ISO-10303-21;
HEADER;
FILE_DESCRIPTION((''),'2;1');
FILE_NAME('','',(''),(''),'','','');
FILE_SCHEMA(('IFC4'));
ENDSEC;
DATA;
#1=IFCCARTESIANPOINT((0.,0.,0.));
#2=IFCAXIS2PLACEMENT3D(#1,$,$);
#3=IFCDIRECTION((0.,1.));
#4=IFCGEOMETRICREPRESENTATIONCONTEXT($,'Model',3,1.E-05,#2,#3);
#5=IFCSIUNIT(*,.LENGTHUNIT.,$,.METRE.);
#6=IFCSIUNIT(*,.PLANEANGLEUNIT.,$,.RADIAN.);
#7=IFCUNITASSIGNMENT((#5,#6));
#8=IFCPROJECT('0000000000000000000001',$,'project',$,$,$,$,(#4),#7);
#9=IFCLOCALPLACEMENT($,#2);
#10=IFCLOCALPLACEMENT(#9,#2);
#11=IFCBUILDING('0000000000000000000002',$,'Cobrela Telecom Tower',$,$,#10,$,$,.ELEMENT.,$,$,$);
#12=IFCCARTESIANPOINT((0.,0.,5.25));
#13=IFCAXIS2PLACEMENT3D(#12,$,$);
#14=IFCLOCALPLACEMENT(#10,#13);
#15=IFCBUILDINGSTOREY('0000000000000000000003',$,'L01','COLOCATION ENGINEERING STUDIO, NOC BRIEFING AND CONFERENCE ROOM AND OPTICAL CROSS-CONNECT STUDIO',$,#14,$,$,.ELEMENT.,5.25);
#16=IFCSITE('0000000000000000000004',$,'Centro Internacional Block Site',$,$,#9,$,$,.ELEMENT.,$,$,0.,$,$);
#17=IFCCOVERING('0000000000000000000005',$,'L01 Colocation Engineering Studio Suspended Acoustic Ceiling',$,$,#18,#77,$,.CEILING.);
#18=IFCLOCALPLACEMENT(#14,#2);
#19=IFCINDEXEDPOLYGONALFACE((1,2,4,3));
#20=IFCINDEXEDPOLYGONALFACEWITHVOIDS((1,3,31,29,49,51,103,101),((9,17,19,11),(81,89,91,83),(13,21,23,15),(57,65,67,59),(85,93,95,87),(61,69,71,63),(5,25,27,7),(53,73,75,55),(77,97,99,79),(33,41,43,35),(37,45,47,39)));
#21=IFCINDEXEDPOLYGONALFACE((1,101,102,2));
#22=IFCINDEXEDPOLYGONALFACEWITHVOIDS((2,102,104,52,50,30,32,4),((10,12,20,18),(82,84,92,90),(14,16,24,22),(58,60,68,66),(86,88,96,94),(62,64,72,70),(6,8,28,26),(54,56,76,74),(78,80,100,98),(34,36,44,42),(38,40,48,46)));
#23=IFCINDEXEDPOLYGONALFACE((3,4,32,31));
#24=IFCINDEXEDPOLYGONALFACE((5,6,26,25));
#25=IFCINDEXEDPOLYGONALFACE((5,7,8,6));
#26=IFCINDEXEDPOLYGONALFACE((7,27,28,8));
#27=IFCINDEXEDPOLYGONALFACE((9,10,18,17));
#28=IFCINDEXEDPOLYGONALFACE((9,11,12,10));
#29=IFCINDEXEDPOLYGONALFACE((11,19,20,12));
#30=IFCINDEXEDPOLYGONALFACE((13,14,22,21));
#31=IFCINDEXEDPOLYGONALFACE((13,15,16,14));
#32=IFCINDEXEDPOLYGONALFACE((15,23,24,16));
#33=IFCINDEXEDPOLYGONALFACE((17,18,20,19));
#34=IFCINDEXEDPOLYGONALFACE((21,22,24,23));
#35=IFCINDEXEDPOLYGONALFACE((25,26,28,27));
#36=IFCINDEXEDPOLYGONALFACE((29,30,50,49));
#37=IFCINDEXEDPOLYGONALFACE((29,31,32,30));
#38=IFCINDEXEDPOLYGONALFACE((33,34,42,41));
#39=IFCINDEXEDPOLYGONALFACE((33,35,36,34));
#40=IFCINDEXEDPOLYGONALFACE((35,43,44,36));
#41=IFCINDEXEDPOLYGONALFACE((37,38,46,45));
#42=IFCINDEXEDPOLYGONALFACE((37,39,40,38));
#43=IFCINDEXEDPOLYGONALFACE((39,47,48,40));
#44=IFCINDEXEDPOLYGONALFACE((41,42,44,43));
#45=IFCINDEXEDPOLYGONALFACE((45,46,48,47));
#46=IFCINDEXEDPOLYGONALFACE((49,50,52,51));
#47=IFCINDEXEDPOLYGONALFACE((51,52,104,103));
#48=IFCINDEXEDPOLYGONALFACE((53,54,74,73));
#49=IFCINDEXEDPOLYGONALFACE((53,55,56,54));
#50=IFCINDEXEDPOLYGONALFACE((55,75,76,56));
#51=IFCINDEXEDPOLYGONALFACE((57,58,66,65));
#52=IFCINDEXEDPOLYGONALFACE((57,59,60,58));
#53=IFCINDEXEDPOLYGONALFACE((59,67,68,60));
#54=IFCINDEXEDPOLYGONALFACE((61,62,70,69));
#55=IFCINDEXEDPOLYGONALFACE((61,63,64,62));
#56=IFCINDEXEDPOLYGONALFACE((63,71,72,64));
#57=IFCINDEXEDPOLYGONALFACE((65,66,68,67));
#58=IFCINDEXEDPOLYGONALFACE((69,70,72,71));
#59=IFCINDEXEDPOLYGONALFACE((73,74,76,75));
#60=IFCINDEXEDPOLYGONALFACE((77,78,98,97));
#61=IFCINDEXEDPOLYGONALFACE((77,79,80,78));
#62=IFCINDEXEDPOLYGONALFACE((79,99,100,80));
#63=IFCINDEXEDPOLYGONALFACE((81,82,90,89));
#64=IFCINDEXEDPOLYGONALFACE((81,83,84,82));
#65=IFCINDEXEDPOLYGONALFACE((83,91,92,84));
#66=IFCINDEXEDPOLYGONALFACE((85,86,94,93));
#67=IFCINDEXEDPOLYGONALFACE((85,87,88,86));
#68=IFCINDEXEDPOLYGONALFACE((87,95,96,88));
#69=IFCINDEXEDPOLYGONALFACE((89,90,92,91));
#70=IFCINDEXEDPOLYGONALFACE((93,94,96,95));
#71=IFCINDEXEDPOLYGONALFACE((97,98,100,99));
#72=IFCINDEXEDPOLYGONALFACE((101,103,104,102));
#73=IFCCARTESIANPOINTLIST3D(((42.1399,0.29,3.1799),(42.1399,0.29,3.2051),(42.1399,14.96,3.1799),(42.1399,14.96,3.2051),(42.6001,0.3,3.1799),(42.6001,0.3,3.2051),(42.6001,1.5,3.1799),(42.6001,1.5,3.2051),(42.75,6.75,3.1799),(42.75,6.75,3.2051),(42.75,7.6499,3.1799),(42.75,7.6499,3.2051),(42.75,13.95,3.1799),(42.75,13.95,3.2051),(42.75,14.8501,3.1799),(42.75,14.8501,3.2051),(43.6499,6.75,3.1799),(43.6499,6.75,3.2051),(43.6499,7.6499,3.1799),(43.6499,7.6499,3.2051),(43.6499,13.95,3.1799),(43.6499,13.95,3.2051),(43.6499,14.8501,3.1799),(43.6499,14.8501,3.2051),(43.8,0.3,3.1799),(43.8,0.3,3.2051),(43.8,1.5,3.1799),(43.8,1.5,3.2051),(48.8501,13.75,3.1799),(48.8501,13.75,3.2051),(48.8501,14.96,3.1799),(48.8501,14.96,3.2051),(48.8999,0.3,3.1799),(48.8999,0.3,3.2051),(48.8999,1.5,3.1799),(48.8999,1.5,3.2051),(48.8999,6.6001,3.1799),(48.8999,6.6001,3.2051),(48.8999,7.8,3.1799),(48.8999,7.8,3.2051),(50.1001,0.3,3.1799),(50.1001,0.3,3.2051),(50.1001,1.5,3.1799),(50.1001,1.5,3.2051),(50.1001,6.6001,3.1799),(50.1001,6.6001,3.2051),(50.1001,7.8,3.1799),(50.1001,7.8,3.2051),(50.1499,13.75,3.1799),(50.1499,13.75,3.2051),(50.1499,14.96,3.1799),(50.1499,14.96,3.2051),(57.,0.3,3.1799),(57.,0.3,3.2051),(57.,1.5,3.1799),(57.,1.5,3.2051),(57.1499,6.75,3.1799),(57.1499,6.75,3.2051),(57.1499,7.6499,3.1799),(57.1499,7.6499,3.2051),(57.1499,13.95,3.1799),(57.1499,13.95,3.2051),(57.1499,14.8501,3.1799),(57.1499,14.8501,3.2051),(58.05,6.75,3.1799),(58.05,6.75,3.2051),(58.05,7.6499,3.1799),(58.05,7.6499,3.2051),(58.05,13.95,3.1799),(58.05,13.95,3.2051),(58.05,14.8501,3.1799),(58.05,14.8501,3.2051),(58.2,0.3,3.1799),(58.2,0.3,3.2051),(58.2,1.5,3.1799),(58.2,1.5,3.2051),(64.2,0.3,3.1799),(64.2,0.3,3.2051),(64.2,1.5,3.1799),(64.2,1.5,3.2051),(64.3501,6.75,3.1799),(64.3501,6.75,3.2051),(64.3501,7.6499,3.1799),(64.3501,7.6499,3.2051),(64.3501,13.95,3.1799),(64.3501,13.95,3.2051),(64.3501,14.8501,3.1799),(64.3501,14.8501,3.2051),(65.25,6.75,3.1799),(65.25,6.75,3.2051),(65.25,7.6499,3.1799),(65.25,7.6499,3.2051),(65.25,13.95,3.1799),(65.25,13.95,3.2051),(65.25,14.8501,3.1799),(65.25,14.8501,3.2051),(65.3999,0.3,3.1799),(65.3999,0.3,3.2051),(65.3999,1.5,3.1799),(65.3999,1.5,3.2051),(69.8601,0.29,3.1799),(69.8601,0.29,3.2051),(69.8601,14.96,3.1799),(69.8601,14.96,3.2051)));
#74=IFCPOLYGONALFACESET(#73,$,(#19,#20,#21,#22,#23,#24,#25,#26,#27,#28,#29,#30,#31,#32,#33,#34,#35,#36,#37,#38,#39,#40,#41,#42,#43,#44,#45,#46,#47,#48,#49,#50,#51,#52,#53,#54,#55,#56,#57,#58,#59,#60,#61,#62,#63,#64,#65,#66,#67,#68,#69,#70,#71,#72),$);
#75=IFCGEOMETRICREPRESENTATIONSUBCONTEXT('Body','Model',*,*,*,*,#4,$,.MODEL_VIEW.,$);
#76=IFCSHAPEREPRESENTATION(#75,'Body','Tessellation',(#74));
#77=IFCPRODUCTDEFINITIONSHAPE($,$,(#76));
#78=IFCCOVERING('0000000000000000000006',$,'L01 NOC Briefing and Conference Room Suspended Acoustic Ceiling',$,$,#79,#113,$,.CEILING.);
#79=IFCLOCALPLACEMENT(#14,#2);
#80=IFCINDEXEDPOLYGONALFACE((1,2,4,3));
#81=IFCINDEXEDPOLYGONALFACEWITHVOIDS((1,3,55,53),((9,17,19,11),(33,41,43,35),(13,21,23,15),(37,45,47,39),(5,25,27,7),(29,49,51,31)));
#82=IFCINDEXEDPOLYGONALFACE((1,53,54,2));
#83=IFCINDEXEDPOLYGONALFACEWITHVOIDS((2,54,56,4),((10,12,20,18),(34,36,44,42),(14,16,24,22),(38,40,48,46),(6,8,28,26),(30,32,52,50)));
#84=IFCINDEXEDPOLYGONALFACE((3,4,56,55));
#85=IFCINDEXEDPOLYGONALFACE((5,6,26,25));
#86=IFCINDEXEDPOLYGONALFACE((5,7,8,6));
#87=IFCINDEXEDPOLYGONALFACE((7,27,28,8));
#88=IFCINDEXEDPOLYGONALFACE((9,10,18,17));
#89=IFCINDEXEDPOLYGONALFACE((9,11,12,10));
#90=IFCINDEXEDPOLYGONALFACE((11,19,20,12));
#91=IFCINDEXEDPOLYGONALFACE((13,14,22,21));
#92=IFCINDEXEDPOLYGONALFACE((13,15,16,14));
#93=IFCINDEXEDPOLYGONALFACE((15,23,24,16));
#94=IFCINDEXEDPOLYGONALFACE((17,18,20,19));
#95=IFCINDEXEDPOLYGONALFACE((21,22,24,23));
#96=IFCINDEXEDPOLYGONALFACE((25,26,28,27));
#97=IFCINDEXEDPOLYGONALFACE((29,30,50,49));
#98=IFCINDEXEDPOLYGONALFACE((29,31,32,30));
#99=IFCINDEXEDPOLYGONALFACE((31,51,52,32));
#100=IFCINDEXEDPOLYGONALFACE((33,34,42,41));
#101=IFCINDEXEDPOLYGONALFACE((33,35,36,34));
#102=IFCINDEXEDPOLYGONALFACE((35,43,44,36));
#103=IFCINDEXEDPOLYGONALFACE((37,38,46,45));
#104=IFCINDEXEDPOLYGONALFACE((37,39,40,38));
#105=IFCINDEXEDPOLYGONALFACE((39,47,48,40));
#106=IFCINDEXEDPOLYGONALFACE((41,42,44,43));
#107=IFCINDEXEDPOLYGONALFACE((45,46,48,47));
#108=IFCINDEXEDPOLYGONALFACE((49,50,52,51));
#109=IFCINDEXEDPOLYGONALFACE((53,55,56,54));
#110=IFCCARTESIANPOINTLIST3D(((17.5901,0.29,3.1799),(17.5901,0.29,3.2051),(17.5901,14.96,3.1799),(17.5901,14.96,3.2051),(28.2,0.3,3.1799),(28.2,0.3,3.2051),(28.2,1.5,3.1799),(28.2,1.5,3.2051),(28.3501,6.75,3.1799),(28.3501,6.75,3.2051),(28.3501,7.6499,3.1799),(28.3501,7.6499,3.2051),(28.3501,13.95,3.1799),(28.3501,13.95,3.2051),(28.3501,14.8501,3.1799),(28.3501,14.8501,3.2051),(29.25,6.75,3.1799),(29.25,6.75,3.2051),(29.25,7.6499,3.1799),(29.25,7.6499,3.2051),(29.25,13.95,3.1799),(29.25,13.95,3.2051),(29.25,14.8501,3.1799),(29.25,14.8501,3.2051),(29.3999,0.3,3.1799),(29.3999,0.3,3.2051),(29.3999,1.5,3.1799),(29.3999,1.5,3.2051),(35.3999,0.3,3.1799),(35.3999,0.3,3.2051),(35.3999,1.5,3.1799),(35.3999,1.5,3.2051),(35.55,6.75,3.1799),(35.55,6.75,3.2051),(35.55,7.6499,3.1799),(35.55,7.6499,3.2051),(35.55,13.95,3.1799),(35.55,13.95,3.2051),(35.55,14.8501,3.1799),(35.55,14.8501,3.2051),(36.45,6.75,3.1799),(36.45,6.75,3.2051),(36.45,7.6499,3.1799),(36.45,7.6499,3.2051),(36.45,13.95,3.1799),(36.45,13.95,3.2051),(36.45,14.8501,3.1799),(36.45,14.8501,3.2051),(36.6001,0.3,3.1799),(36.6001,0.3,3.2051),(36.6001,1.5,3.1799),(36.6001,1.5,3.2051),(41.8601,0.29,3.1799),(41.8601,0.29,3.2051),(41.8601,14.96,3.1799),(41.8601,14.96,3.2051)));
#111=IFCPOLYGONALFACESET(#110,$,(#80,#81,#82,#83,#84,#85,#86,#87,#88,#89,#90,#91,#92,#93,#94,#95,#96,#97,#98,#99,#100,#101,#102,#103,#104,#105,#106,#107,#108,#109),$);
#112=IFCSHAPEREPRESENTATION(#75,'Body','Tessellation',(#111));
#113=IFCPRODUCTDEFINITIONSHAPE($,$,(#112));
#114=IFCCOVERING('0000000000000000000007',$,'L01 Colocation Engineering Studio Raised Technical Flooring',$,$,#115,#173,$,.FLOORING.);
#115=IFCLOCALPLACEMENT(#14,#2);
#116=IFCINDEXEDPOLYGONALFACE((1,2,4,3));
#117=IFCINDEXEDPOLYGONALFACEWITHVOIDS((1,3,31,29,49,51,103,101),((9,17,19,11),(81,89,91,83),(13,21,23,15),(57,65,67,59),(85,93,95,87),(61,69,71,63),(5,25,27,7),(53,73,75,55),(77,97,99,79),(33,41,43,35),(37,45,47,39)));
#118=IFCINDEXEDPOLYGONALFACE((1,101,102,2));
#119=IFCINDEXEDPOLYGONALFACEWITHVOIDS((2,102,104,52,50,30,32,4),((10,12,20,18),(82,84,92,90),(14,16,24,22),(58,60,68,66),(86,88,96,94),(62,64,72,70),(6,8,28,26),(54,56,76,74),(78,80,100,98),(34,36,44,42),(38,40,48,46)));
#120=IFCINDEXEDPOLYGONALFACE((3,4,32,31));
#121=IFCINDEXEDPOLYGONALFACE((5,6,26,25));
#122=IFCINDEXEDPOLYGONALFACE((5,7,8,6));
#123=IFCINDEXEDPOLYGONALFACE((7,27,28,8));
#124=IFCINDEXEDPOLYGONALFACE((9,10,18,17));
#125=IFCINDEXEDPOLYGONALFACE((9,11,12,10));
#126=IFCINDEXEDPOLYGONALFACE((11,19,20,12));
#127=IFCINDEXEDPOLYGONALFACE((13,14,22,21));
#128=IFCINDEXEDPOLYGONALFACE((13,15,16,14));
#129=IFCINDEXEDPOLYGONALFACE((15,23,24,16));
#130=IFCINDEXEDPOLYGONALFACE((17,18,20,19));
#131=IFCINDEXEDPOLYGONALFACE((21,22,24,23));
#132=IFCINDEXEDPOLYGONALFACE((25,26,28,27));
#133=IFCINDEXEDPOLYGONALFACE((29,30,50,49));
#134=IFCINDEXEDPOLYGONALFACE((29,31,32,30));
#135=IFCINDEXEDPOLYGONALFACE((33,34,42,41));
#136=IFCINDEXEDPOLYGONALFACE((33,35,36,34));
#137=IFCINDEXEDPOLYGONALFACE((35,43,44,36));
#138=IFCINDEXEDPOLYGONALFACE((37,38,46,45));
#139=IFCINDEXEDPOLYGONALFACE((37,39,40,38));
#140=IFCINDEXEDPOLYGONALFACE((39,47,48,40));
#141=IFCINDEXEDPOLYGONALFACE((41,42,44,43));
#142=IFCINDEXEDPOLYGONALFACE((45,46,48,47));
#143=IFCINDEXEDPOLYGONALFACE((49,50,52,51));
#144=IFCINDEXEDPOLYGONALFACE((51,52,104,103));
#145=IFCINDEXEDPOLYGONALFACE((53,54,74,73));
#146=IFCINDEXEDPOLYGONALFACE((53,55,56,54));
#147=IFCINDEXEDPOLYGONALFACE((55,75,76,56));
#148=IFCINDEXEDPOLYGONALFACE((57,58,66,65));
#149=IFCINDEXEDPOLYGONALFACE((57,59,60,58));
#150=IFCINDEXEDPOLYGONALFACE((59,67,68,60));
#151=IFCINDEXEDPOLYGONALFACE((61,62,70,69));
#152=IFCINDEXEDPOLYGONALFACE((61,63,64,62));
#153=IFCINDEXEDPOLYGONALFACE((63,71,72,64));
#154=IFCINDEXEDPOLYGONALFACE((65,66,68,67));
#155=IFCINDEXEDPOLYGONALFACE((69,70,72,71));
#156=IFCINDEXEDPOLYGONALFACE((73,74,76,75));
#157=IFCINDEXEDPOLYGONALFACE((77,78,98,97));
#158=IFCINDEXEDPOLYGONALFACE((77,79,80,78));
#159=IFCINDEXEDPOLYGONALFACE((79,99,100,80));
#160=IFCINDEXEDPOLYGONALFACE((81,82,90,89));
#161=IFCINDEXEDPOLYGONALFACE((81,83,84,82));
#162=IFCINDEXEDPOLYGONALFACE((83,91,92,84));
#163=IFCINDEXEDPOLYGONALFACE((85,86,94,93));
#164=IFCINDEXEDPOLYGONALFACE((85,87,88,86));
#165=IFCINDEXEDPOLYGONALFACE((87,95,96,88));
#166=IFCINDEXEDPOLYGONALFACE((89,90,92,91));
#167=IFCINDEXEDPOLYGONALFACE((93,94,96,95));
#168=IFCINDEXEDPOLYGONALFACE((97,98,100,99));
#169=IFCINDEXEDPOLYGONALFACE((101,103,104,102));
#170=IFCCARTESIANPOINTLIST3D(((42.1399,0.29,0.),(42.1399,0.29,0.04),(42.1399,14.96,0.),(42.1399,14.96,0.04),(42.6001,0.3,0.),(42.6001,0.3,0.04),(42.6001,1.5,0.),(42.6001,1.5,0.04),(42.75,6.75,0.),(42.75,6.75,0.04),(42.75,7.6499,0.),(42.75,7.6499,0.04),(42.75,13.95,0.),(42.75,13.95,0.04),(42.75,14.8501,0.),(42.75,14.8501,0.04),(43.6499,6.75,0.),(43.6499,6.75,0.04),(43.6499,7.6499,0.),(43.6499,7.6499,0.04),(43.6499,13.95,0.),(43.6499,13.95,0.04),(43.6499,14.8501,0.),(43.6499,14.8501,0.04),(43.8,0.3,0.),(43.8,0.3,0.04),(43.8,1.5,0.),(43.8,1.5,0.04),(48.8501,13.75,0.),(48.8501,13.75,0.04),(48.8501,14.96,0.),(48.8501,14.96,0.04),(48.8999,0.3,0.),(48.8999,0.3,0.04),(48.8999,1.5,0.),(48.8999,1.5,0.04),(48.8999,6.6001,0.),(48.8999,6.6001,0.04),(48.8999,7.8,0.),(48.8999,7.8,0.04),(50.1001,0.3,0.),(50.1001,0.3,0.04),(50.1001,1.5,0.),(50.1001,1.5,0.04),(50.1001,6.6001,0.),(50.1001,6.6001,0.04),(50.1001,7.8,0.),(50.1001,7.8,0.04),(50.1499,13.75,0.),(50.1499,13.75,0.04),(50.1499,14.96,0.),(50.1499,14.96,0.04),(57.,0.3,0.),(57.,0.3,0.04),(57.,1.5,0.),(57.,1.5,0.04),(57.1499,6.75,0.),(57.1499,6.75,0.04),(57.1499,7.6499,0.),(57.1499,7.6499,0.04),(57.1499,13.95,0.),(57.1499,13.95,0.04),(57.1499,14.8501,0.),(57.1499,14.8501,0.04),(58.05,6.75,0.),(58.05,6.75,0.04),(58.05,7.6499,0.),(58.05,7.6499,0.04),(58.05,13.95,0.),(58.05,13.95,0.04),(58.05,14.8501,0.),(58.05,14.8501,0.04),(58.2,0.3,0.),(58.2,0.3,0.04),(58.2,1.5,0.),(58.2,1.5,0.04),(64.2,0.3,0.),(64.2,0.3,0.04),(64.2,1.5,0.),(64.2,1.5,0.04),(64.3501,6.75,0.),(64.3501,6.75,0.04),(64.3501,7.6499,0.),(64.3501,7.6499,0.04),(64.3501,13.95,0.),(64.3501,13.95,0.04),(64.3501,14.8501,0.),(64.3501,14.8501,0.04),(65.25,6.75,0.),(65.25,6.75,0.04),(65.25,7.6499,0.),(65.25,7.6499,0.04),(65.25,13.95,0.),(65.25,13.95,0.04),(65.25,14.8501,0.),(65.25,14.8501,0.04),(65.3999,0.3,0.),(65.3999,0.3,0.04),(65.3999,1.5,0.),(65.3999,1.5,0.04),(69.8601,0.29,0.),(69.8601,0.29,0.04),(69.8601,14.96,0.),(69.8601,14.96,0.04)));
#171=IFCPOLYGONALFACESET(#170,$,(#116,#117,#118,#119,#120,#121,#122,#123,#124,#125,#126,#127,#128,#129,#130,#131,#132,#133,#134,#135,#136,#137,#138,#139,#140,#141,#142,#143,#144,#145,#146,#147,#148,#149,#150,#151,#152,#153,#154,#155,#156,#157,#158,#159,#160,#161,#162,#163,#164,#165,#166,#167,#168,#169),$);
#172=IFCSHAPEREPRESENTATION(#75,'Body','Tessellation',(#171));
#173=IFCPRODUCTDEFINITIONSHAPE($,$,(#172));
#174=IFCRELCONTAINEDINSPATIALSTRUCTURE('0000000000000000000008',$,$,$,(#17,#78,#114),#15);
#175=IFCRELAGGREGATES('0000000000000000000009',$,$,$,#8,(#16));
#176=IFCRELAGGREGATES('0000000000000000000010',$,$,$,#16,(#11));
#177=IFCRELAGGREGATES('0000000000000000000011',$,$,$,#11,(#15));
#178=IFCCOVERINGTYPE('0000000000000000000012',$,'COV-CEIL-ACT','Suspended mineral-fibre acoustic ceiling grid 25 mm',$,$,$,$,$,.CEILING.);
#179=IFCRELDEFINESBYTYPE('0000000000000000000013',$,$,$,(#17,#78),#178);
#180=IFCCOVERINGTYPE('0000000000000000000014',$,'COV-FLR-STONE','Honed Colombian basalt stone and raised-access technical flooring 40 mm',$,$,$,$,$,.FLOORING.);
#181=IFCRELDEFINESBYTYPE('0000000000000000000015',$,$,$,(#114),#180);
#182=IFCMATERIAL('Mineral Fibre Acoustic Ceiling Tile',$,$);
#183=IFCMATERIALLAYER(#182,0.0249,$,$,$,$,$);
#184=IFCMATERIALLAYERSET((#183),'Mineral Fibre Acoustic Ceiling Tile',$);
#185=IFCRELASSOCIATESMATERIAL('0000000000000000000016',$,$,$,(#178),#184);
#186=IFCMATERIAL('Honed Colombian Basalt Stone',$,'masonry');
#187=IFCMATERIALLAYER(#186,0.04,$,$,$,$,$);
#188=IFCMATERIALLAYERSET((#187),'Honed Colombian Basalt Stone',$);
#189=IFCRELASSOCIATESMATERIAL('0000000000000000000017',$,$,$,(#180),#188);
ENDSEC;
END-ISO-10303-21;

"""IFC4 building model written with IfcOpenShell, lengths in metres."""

from ifc_helpers import new_model, si_unit, direction, frame, origin, place, context, subcontext, project, spatial, polyline, outline, extrude, material, layer, layer_set, type_object, element, save


model = new_model("IFC4")

# Units and contexts
model_context = context("Model", 3, precision=1e-05, world=origin(), true_north=direction((0.0, 1.0)))
body_context = subcontext(model_context, "Body", "Model", "MODEL_VIEW")
ifc_project = project(units=[si_unit("LENGTHUNIT", "METRE"), si_unit("PLANEANGLEUNIT", "RADIAN")], contexts=[model_context])

# Site, building, storey
site_placement = place(None, origin())
site = spatial("IfcSite", under=ifc_project, at=site_placement, Name="Centro Internacional Block Site", CompositionType="ELEMENT", RefElevation=0.0)
building_placement = place(site_placement, origin())
building = spatial("IfcBuilding", under=site, at=building_placement, Name="Cobrela Telecom Tower", CompositionType="ELEMENT")
storey_placement = place(building_placement, frame((0.0, 0.0, 5.25)))
storey = spatial("IfcBuildingStorey", under=building, at=storey_placement, Name="L01", Description="COLOCATION ENGINEERING STUDIO, NOC BRIEFING AND CONFERENCE ROOM AND OPTICAL CROSS-CONNECT STUDIO", CompositionType="ELEMENT", Elevation=5.25)

# Coverings
ifc_material_1 = material(Name="Mineral Fibre Acoustic Ceiling Tile")
ifc_layer_1 = layer(ifc_material_1, 0.0249)
ifc_layer_set_1 = layer_set([ifc_layer_1], Name="Mineral Fibre Acoustic Ceiling Tile")
covering_type_1 = type_object("IfcCoveringType", Name="COV-CEIL-ACT", Description="Suspended mineral-fibre acoustic ceiling grid 25 mm", PredefinedType="CEILING", material=ifc_layer_set_1)
covering_1_placement = place(storey_placement, frame((0.0, 0.0, 3.1799)))
element("IfcCovering", 1, at=covering_1_placement, inside=storey, type_object=covering_type_1, Name="L01 Colocation Engineering Studio Suspended Acoustic Ceiling", PredefinedType="CEILING", context=body_context, shape_type="SweptSolid", body=[
    extrude(outline(polyline([(48.8501, 13.75), (50.1499, 13.75), (50.1499, 14.96), (69.8601, 14.96), (69.8601, 0.29), (42.1399, 0.29), (42.1399, 14.96), (48.8501, 14.96), (48.8501, 13.75)]), holes=[polyline([(48.8999, 0.3), (50.1001, 0.3), (50.1001, 1.5), (48.8999, 1.5), (48.8999, 0.3)]), polyline([(42.6001, 0.3), (43.8, 0.3), (43.8, 1.5), (42.6001, 1.5), (42.6001, 0.3)]), polyline([(50.1001, 6.6001), (50.1001, 7.8), (48.8999, 7.8), (48.8999, 6.6001), (50.1001, 6.6001)]), polyline([(42.75, 6.75), (43.6499, 6.75), (43.6499, 7.6499), (42.75, 7.6499), (42.75, 6.75)]), polyline([(42.75, 13.95), (43.6499, 13.95), (43.6499, 14.8501), (42.75, 14.8501), (42.75, 13.95)]), polyline([(57.0, 0.3), (58.2, 0.3), (58.2, 1.5), (57.0, 1.5), (57.0, 0.3)]), polyline([(64.2, 0.3), (65.3999, 0.3), (65.3999, 1.5), (64.2, 1.5), (64.2, 0.3)]), polyline([(58.05, 6.75), (58.05, 7.6499), (57.1499, 7.6499), (57.1499, 6.75), (58.05, 6.75)]), polyline([(64.3501, 6.75), (65.25, 6.75), (65.25, 7.6499), (64.3501, 7.6499), (64.3501, 6.75)]), polyline([(64.3501, 13.95), (65.25, 13.95), (65.25, 14.8501), (64.3501, 14.8501), (64.3501, 13.95)]), polyline([(57.1499, 13.95), (58.05, 13.95), (58.05, 14.8501), (57.1499, 14.8501), (57.1499, 13.95)])]), origin(), (0.0, 0.0, 1.0), 0.0251),
])
covering_2_placement = place(storey_placement, frame((0.0, 0.0, 3.1799)))
element("IfcCovering", 2, at=covering_2_placement, inside=storey, type_object=covering_type_1, Name="L01 NOC Briefing and Conference Room Suspended Acoustic Ceiling", PredefinedType="CEILING", context=body_context, shape_type="SweptSolid", body=[
    extrude(outline(polyline([(41.8601, 0.29), (17.5901, 0.29), (17.5901, 14.96), (41.8601, 14.96), (41.8601, 0.29)]), holes=[polyline([(35.3999, 0.3), (36.6001, 0.3), (36.6001, 1.5), (35.3999, 1.5), (35.3999, 0.3)]), polyline([(29.3999, 0.3), (29.3999, 1.5), (28.2, 1.5), (28.2, 0.3), (29.3999, 0.3)]), polyline([(35.55, 6.75), (36.45, 6.75), (36.45, 7.6499), (35.55, 7.6499), (35.55, 6.75)]), polyline([(28.3501, 6.75), (29.25, 6.75), (29.25, 7.6499), (28.3501, 7.6499), (28.3501, 6.75)]), polyline([(29.25, 13.95), (29.25, 14.8501), (28.3501, 14.8501), (28.3501, 13.95), (29.25, 13.95)]), polyline([(35.55, 13.95), (36.45, 13.95), (36.45, 14.8501), (35.55, 14.8501), (35.55, 13.95)])]), origin(), (0.0, 0.0, 1.0), 0.0251),
])
ifc_material_2 = material(Name="Honed Colombian Basalt Stone", Category="masonry")
ifc_layer_2 = layer(ifc_material_2, 0.04)
ifc_layer_set_2 = layer_set([ifc_layer_2], Name="Honed Colombian Basalt Stone")
covering_type_2 = type_object("IfcCoveringType", Name="COV-FLR-STONE", Description="Honed Colombian basalt stone and raised-access technical flooring 40 mm", PredefinedType="FLOORING", material=ifc_layer_set_2)
covering_3_placement = place(storey_placement, origin())
element("IfcCovering", 3, at=covering_3_placement, inside=storey, type_object=covering_type_2, Name="L01 Colocation Engineering Studio Raised Technical Flooring", PredefinedType="FLOORING", context=body_context, shape_type="SweptSolid", body=[
    extrude(outline(polyline([(48.8501, 13.75), (50.1499, 13.75), (50.1499, 14.96), (69.8601, 14.96), (69.8601, 0.29), (42.1399, 0.29), (42.1399, 14.96), (48.8501, 14.96), (48.8501, 13.75)]), holes=[polyline([(48.8999, 0.3), (50.1001, 0.3), (50.1001, 1.5), (48.8999, 1.5), (48.8999, 0.3)]), polyline([(42.6001, 0.3), (43.8, 0.3), (43.8, 1.5), (42.6001, 1.5), (42.6001, 0.3)]), polyline([(50.1001, 6.6001), (50.1001, 7.8), (48.8999, 7.8), (48.8999, 6.6001), (50.1001, 6.6001)]), polyline([(42.75, 6.75), (43.6499, 6.75), (43.6499, 7.6499), (42.75, 7.6499), (42.75, 6.75)]), polyline([(42.75, 13.95), (43.6499, 13.95), (43.6499, 14.8501), (42.75, 14.8501), (42.75, 13.95)]), polyline([(57.0, 0.3), (58.2, 0.3), (58.2, 1.5), (57.0, 1.5), (57.0, 0.3)]), polyline([(64.2, 0.3), (65.3999, 0.3), (65.3999, 1.5), (64.2, 1.5), (64.2, 0.3)]), polyline([(58.05, 6.75), (58.05, 7.6499), (57.1499, 7.6499), (57.1499, 6.75), (58.05, 6.75)]), polyline([(64.3501, 6.75), (65.25, 6.75), (65.25, 7.6499), (64.3501, 7.6499), (64.3501, 6.75)]), polyline([(64.3501, 13.95), (65.25, 13.95), (65.25, 14.8501), (64.3501, 14.8501), (64.3501, 13.95)]), polyline([(57.1499, 13.95), (58.05, 13.95), (58.05, 14.8501), (57.1499, 14.8501), (57.1499, 13.95)])]), origin(), (0.0, 0.0, 1.0), 0.04),
])

save(model, "model.ifc")
